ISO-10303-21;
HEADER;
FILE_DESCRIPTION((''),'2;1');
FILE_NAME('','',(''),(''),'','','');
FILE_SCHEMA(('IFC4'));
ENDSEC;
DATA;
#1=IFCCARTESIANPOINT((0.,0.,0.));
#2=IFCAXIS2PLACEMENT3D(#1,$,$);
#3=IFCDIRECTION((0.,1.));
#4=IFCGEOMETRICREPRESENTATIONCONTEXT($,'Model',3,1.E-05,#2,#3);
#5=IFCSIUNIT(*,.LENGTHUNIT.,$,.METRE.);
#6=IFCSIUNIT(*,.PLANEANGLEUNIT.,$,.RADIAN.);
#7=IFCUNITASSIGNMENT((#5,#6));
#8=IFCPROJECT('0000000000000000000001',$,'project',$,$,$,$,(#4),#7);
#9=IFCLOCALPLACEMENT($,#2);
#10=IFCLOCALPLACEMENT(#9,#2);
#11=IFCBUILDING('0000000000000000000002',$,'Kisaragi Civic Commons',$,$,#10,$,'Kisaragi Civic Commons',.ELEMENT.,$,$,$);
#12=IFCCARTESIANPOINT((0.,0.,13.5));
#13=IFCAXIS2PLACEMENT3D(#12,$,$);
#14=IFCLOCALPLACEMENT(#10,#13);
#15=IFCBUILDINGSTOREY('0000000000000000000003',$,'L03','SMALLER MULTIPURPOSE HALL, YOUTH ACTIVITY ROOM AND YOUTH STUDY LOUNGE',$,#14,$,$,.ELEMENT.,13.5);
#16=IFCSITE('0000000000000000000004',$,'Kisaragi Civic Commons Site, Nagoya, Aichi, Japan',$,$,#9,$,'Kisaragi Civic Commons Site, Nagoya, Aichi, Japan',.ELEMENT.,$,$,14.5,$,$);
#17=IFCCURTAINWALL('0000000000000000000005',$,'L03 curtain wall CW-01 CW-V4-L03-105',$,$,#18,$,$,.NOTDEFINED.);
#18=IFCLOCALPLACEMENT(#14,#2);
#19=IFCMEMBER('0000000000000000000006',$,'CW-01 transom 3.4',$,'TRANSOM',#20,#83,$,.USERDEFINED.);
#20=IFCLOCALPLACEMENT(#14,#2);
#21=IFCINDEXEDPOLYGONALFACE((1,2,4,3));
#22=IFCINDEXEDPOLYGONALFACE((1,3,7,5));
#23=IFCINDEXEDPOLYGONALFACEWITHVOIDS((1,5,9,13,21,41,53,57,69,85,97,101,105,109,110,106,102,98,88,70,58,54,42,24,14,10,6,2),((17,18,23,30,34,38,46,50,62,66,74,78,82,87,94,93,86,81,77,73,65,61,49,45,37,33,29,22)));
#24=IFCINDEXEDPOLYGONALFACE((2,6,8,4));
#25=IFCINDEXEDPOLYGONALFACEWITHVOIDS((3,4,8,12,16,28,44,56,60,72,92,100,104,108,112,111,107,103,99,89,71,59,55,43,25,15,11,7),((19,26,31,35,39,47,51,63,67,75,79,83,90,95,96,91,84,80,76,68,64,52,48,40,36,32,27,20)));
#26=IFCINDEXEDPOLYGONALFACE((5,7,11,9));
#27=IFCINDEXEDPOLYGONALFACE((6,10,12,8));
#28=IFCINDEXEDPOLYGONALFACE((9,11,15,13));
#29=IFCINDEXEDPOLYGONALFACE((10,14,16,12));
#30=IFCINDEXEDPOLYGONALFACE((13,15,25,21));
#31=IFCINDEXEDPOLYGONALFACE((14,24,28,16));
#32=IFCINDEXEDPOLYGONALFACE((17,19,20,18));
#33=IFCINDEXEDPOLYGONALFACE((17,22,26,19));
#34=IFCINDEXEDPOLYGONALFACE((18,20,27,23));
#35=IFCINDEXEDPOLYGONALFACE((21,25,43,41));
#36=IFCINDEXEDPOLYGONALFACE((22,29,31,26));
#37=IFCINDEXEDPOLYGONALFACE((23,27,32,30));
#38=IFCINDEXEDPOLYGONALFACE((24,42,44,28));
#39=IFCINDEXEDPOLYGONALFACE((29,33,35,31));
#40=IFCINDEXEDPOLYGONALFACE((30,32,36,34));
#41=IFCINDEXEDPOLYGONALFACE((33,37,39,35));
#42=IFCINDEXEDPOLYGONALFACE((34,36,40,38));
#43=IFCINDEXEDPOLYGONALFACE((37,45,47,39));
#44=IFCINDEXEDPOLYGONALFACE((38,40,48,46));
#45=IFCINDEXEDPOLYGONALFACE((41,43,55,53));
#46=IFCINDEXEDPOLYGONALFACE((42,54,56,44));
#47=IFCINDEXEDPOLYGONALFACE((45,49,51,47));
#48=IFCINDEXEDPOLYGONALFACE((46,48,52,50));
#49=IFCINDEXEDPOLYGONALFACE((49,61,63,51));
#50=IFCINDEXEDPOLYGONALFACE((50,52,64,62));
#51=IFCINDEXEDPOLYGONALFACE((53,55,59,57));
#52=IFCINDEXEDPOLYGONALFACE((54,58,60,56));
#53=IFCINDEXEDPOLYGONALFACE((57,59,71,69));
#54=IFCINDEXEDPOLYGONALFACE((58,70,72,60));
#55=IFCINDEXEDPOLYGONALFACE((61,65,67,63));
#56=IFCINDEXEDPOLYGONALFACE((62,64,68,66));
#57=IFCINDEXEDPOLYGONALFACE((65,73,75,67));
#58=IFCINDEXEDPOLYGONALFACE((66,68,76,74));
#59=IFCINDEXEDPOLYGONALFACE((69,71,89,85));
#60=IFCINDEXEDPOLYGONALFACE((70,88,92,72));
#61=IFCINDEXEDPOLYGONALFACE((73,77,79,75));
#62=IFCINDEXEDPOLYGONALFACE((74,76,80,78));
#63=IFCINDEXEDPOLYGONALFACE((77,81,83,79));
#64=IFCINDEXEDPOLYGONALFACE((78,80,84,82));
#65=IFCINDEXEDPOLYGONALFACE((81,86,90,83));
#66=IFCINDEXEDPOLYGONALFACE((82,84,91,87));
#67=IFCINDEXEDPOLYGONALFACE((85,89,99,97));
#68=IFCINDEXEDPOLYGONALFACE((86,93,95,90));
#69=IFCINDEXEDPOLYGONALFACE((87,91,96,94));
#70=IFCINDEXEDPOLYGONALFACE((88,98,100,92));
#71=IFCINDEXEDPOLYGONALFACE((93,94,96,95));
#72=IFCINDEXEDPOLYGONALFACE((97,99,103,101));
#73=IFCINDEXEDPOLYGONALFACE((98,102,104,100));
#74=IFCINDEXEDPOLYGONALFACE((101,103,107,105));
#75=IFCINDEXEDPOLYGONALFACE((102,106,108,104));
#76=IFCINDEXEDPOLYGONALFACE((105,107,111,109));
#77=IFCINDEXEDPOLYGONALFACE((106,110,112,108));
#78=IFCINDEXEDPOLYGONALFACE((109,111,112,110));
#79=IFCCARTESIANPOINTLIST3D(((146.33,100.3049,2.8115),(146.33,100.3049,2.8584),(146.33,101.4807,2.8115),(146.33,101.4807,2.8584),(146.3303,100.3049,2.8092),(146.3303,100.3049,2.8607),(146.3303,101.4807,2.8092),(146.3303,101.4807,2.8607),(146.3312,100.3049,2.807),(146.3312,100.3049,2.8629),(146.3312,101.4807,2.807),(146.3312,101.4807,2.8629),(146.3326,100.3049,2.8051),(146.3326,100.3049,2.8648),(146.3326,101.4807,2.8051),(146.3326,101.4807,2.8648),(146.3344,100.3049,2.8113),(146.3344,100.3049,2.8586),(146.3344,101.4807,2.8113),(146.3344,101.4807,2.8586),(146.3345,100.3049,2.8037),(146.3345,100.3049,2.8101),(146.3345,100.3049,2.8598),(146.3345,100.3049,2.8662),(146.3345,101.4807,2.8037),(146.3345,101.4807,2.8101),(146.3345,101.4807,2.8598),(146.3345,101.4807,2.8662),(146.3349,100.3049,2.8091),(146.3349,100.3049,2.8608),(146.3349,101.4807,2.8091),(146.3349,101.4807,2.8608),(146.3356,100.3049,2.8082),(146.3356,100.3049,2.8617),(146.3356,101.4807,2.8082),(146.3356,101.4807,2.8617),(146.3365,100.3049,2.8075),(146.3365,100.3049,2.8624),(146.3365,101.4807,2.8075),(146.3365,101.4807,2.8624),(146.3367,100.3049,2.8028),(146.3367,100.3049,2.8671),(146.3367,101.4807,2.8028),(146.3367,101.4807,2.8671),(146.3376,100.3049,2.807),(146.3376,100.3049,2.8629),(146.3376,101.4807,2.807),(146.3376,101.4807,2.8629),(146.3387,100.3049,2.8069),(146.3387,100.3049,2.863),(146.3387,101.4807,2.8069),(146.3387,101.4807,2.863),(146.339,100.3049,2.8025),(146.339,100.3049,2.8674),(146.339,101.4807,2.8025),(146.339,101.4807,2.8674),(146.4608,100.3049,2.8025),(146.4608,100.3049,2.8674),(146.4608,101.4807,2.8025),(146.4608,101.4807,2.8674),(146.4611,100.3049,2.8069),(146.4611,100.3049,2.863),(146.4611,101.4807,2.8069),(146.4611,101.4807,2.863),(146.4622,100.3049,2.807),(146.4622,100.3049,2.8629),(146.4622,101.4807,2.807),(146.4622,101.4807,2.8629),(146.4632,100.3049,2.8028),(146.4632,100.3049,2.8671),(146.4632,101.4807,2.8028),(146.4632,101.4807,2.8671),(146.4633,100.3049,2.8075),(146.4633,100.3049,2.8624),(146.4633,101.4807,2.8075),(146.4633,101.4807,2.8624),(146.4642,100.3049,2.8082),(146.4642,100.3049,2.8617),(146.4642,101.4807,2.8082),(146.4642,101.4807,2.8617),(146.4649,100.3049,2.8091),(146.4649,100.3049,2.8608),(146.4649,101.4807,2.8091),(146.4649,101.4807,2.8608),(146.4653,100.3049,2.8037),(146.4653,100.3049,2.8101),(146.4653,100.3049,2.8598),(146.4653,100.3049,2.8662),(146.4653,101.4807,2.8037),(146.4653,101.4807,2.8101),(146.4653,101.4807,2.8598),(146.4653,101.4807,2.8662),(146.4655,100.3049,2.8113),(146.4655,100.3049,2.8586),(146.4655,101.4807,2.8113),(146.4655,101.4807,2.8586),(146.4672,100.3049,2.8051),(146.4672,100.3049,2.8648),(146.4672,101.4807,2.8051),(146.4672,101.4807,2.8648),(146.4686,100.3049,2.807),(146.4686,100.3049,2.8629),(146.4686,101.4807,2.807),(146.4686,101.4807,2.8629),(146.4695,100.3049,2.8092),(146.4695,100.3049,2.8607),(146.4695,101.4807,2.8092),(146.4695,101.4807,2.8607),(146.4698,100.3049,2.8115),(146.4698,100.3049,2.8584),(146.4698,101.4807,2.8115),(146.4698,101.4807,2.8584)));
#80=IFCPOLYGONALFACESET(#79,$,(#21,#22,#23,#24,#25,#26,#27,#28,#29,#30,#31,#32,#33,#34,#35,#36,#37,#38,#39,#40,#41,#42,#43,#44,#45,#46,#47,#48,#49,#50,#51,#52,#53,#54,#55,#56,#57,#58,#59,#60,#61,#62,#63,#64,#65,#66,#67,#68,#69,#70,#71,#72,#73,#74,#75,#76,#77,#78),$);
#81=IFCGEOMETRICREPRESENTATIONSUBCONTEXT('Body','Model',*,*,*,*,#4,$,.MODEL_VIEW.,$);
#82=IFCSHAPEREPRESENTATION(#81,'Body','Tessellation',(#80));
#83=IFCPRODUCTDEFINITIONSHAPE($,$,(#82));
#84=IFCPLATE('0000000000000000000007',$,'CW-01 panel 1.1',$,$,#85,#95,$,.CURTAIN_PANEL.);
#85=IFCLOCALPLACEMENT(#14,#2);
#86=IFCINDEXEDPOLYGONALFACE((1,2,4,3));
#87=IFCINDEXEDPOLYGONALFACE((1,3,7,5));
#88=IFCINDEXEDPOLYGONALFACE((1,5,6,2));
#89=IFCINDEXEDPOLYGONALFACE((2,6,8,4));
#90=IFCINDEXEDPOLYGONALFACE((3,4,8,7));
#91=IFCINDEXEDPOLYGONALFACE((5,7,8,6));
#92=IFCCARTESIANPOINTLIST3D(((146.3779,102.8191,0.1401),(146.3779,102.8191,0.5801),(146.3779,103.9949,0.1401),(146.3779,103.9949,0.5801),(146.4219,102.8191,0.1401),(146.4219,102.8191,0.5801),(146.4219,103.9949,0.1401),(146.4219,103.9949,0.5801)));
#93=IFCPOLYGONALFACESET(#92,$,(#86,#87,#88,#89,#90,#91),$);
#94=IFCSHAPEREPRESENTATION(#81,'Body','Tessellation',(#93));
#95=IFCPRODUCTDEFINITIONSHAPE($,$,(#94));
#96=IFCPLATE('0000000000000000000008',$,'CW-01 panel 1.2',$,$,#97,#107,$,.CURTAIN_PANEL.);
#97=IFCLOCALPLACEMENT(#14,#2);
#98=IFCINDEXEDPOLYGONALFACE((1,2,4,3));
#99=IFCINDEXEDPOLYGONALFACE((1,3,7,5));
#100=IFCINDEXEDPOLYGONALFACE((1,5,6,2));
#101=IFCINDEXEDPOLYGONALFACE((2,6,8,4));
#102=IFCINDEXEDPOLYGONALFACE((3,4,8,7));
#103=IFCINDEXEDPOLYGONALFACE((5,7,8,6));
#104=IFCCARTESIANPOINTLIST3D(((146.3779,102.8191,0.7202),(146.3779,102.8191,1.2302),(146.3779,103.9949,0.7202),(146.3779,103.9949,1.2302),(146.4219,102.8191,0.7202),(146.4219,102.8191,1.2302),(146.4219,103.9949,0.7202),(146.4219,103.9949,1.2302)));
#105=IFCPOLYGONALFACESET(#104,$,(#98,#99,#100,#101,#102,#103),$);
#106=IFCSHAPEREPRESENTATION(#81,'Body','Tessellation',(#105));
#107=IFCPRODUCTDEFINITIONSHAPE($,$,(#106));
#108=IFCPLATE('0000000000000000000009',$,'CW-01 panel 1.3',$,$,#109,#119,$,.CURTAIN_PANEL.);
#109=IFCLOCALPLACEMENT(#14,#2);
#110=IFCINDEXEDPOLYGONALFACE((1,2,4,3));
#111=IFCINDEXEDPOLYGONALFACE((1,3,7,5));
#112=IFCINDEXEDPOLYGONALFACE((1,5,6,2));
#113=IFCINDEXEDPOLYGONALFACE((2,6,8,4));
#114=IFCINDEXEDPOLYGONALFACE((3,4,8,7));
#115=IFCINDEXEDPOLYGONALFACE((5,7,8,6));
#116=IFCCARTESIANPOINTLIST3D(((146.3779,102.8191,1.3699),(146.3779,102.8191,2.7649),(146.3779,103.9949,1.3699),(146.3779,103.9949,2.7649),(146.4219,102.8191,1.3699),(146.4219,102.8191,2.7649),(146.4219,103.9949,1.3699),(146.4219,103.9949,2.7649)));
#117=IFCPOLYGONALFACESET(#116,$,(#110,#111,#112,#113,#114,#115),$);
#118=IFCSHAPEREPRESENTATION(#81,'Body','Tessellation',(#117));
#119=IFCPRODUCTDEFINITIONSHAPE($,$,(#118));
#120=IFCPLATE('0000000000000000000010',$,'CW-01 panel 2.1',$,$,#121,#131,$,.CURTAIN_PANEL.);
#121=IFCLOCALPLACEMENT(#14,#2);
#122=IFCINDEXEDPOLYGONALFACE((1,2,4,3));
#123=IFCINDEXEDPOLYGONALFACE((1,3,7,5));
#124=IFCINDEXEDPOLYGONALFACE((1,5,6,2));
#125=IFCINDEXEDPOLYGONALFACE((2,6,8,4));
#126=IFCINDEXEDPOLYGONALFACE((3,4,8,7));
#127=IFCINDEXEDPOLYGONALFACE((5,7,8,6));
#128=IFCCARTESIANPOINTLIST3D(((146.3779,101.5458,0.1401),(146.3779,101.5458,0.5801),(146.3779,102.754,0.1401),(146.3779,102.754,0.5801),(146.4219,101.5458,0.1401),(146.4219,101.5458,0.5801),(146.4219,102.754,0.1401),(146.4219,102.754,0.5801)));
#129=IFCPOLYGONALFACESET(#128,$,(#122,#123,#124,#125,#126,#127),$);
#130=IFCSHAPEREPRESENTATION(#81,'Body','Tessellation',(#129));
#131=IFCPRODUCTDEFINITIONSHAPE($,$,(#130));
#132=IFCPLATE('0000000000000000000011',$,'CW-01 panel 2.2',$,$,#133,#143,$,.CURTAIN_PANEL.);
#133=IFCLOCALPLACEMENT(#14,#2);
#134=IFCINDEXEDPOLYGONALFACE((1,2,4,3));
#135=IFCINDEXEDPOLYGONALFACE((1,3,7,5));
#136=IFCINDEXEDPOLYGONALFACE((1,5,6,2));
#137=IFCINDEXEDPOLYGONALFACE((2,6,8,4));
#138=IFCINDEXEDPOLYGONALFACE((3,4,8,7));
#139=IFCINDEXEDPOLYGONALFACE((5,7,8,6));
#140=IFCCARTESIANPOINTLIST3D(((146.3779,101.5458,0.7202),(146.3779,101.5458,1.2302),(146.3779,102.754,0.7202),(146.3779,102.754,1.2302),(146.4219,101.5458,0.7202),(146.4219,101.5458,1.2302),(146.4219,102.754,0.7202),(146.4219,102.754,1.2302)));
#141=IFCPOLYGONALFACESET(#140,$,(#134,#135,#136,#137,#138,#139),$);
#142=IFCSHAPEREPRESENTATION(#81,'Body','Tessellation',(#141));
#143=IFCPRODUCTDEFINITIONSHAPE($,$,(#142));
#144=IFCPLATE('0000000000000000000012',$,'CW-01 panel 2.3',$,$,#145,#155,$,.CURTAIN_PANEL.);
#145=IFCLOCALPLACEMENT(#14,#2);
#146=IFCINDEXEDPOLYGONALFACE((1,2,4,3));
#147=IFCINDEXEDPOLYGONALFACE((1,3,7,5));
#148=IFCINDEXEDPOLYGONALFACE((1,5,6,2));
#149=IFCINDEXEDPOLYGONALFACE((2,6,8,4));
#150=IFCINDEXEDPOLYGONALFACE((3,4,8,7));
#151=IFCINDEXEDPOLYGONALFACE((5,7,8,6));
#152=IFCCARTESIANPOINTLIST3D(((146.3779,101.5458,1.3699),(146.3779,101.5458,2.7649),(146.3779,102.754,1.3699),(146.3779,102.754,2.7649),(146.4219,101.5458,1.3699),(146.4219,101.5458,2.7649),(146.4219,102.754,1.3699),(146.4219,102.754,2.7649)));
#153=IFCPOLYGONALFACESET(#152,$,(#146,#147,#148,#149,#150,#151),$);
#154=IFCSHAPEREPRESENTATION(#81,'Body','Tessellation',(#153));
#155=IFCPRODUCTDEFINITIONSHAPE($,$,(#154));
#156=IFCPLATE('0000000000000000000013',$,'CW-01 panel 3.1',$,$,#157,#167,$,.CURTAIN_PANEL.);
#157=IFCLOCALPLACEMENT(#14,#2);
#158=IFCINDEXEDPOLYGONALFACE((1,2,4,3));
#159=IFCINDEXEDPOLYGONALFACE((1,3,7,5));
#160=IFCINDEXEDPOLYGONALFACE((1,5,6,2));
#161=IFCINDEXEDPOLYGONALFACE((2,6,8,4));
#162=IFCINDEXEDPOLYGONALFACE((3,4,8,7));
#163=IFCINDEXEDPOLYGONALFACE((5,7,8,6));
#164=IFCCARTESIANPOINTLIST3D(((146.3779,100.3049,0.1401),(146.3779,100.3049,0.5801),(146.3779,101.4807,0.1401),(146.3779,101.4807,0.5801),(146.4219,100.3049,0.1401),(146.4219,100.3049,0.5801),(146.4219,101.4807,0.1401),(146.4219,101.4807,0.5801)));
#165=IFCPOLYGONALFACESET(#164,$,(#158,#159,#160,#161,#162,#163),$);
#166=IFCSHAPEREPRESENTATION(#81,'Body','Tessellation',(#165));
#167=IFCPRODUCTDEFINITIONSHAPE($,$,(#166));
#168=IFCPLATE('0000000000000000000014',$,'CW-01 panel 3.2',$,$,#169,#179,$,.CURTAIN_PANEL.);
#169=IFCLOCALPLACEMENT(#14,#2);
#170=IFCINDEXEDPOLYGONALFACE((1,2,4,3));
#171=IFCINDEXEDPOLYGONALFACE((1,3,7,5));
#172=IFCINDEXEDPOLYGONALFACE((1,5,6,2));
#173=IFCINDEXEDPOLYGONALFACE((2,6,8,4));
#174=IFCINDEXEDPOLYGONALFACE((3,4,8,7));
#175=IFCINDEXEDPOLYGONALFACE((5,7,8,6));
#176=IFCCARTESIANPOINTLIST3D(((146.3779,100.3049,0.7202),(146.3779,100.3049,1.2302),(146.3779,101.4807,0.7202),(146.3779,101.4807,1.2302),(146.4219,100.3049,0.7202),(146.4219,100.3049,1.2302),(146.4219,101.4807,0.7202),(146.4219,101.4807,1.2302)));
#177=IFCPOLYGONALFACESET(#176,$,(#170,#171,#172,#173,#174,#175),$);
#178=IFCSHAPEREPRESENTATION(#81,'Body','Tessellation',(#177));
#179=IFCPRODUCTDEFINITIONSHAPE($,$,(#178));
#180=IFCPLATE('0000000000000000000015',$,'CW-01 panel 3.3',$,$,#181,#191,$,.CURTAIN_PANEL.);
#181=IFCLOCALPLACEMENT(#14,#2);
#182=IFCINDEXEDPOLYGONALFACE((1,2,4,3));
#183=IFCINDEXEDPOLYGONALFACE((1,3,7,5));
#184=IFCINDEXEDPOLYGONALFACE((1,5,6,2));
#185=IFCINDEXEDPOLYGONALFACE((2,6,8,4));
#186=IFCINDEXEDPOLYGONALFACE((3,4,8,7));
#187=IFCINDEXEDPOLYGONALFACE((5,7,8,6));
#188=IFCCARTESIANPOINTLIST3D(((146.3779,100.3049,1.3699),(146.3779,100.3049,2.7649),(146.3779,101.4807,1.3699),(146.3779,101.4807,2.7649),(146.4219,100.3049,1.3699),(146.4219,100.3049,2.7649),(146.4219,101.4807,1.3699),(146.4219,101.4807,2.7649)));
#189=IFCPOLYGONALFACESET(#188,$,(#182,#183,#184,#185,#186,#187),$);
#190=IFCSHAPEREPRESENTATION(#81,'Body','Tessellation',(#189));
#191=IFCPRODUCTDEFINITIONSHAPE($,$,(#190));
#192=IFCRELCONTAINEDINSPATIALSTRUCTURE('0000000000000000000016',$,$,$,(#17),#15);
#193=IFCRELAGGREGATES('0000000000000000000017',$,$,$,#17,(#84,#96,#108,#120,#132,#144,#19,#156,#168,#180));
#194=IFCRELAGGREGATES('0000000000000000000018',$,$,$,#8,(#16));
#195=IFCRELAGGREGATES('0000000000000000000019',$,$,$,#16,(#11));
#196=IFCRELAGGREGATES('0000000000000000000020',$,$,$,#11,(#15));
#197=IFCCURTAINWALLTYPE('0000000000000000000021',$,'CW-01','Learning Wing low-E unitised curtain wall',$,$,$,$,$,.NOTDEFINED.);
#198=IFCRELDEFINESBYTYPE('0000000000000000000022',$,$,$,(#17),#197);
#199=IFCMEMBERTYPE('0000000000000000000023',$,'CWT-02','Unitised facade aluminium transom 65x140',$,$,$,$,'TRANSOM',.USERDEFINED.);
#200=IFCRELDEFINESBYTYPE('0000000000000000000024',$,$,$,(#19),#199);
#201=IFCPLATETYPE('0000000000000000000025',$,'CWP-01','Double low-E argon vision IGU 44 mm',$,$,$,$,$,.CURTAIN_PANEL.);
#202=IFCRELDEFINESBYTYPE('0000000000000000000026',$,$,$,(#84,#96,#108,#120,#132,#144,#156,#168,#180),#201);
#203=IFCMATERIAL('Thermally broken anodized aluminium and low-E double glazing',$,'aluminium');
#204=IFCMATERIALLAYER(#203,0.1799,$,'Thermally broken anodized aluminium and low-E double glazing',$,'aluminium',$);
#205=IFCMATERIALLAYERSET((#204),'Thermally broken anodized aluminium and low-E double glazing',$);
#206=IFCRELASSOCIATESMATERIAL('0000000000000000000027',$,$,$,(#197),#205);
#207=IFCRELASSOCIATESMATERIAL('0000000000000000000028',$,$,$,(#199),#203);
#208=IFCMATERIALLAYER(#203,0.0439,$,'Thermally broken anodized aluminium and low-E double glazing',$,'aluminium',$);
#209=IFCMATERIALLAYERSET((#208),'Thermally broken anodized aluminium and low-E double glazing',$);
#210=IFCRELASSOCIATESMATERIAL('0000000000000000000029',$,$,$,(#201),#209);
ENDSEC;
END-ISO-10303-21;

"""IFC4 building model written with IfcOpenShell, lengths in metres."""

from ifc_helpers import new_model, si_unit, direction, frame, origin, origin_2d, place, context, subcontext, project, spatial, rectangle, hollow_rectangle, extrude, material, layer, layer_set, material_profile, profile_set, type_object, element, aggregate, save


model = new_model("IFC4")

# Units and contexts
model_context = context("Model", 3, precision=1e-05, world=origin(), true_north=direction((0.0, 1.0)))
body_context = subcontext(model_context, "Body", "Model", "MODEL_VIEW")
ifc_project = project(units=[si_unit("LENGTHUNIT", "METRE"), si_unit("PLANEANGLEUNIT", "RADIAN")], contexts=[model_context])

# Site, building, storey
site_placement = place(None, origin())
site = spatial("IfcSite", under=ifc_project, at=site_placement, Name="Kisaragi Civic Commons Site, Nagoya, Aichi, Japan", LongName="Kisaragi Civic Commons Site, Nagoya, Aichi, Japan", CompositionType="ELEMENT", RefElevation=14.5)
building_placement = place(site_placement, origin())
building = spatial("IfcBuilding", under=site, at=building_placement, Name="Kisaragi Civic Commons", LongName="Kisaragi Civic Commons", CompositionType="ELEMENT")
storey_placement = place(building_placement, frame((0.0, 0.0, 13.5)))
storey = spatial("IfcBuildingStorey", under=building, at=storey_placement, Name="L03", Description="SMALLER MULTIPURPOSE HALL, YOUTH ACTIVITY ROOM AND YOUTH STUDY LOUNGE", CompositionType="ELEMENT", Elevation=13.5)

# Curtain wall, member, plates
ifc_material_1 = material(Name="Thermally broken anodized aluminium and low-E double glazing", Category="aluminium")
ifc_layer_1 = layer(ifc_material_1, 0.1799, Name="Thermally broken anodized aluminium and low-E double glazing", Category="aluminium")
ifc_layer_set_1 = layer_set([ifc_layer_1], Name="Thermally broken anodized aluminium and low-E double glazing")
curtain_wall_type = type_object("IfcCurtainWallType", Name="CW-01", Description="Learning Wing low-E unitised curtain wall", PredefinedType="NOTDEFINED", material=ifc_layer_set_1)
curtain_wall_placement = place(storey_placement, origin())
curtain_wall = element("IfcCurtainWall", 1, at=curtain_wall_placement, inside=storey, type_object=curtain_wall_type, Name="L03 curtain wall CW-01 CW-V4-L03-105", PredefinedType="NOTDEFINED")
ifc_material_profile_1 = material_profile(ifc_material_1, hollow_rectangle(XDim=0.1399, YDim=0.0649, WallThickness=0.0044, InnerFilletRadius=0.0044, OuterFilletRadius=0.009, at=origin_2d()), Name="CWT-65x140x4.5", Category="aluminium")
ifc_profile_set_1 = profile_set([ifc_material_profile_1], Name="Thermally broken anodized aluminium and low-E double glazing")
member_type_1 = type_object("IfcMemberType", Name="CWT-02", Description="Unitised facade aluminium transom 65x140", ElementType="TRANSOM", PredefinedType="USERDEFINED", material=ifc_profile_set_1)
member_1_placement = place(storey_placement, frame((146.3999, 101.4807, 2.835), z_axis=(0.0, -1.0, 0.0), x_axis=(1.0, 0.0, 0.0)))
member_1 = element("IfcMember", 2, at=member_1_placement, type_object=member_type_1, Name="CW-01 transom 3.4", ObjectType="TRANSOM", PredefinedType="USERDEFINED", context=body_context, shape_type="SweptSolid", body=[
    extrude(hollow_rectangle(XDim=0.1399, YDim=0.0649, WallThickness=0.0044, InnerFilletRadius=0.0044, OuterFilletRadius=0.009, at=origin_2d()), origin(), (0.0, 0.0, 1.0), 1.1758),
])
ifc_layer_2 = layer(ifc_material_1, 0.0439, Name="Thermally broken anodized aluminium and low-E double glazing", Category="aluminium")
ifc_layer_set_2 = layer_set([ifc_layer_2], Name="Thermally broken anodized aluminium and low-E double glazing")
plate_type = type_object("IfcPlateType", Name="CWP-01", Description="Double low-E argon vision IGU 44 mm", PredefinedType="CURTAIN_PANEL", material=ifc_layer_set_2)
plate_1_placement = place(storey_placement, frame((146.3999, 103.407, 0.1401), z_axis=(0.0, 0.0, 1.0), x_axis=(0.0, -1.0, 0.0)))
plate_1 = element("IfcPlate", 3, at=plate_1_placement, type_object=plate_type, Name="CW-01 panel 1.1", PredefinedType="CURTAIN_PANEL", context=body_context, shape_type="SweptSolid", body=[
    extrude(rectangle(XDim=1.1758, YDim=0.0439, at=origin_2d()), origin(), (0.0, 0.0, 1.0), 0.4399),
])
plate_2_placement = place(storey_placement, frame((146.3999, 103.407, 0.7202), z_axis=(0.0, 0.0, 1.0), x_axis=(0.0, -1.0, 0.0)))
plate_2 = element("IfcPlate", 4, at=plate_2_placement, type_object=plate_type, Name="CW-01 panel 1.2", PredefinedType="CURTAIN_PANEL", context=body_context, shape_type="SweptSolid", body=[
    extrude(rectangle(XDim=1.1758, YDim=0.0439, at=origin_2d()), origin(), (0.0, 0.0, 1.0), 0.51),
])
plate_3_placement = place(storey_placement, frame((146.3999, 103.407, 1.3699), z_axis=(0.0, 0.0, 1.0), x_axis=(0.0, -1.0, 0.0)))
plate_3 = element("IfcPlate", 5, at=plate_3_placement, type_object=plate_type, Name="CW-01 panel 1.3", PredefinedType="CURTAIN_PANEL", context=body_context, shape_type="SweptSolid", body=[
    extrude(rectangle(XDim=1.1758, YDim=0.0439, at=origin_2d()), origin(), (0.0, 0.0, 1.0), 1.395),
])
plate_4_placement = place(storey_placement, frame((146.3999, 102.1499, 0.1401), z_axis=(0.0, 0.0, 1.0), x_axis=(0.0, -1.0, 0.0)))
plate_4 = element("IfcPlate", 6, at=plate_4_placement, type_object=plate_type, Name="CW-01 panel 2.1", PredefinedType="CURTAIN_PANEL", context=body_context, shape_type="SweptSolid", body=[
    extrude(rectangle(XDim=1.2083, YDim=0.0439, at=origin_2d()), origin(), (0.0, 0.0, 1.0), 0.4399),
])
plate_5_placement = place(storey_placement, frame((146.3999, 102.1499, 0.7202), z_axis=(0.0, 0.0, 1.0), x_axis=(0.0, -1.0, 0.0)))
plate_5 = element("IfcPlate", 7, at=plate_5_placement, type_object=plate_type, Name="CW-01 panel 2.2", PredefinedType="CURTAIN_PANEL", context=body_context, shape_type="SweptSolid", body=[
    extrude(rectangle(XDim=1.2083, YDim=0.0439, at=origin_2d()), origin(), (0.0, 0.0, 1.0), 0.51),
])
plate_6_placement = place(storey_placement, frame((146.3999, 102.1499, 1.3699), z_axis=(0.0, 0.0, 1.0), x_axis=(0.0, -1.0, 0.0)))
plate_6 = element("IfcPlate", 8, at=plate_6_placement, type_object=plate_type, Name="CW-01 panel 2.3", PredefinedType="CURTAIN_PANEL", context=body_context, shape_type="SweptSolid", body=[
    extrude(rectangle(XDim=1.2083, YDim=0.0439, at=origin_2d()), origin(), (0.0, 0.0, 1.0), 1.395),
])
plate_7_placement = place(storey_placement, frame((146.3999, 100.8928, 0.1401), z_axis=(0.0, 0.0, 1.0), x_axis=(0.0, -1.0, 0.0)))
plate_7 = element("IfcPlate", 9, at=plate_7_placement, type_object=plate_type, Name="CW-01 panel 3.1", PredefinedType="CURTAIN_PANEL", context=body_context, shape_type="SweptSolid", body=[
    extrude(rectangle(XDim=1.1758, YDim=0.0439, at=origin_2d()), origin(), (0.0, 0.0, 1.0), 0.4399),
])
plate_8_placement = place(storey_placement, frame((146.3999, 100.8928, 0.7202), z_axis=(0.0, 0.0, 1.0), x_axis=(0.0, -1.0, 0.0)))
plate_8 = element("IfcPlate", 10, at=plate_8_placement, type_object=plate_type, Name="CW-01 panel 3.2", PredefinedType="CURTAIN_PANEL", context=body_context, shape_type="SweptSolid", body=[
    extrude(rectangle(XDim=1.1758, YDim=0.0439, at=origin_2d()), origin(), (0.0, 0.0, 1.0), 0.51),
])
plate_9_placement = place(storey_placement, frame((146.3999, 100.8928, 1.3699), z_axis=(0.0, 0.0, 1.0), x_axis=(0.0, -1.0, 0.0)))
plate_9 = element("IfcPlate", 11, at=plate_9_placement, type_object=plate_type, Name="CW-01 panel 3.3", PredefinedType="CURTAIN_PANEL", context=body_context, shape_type="SweptSolid", body=[
    extrude(rectangle(XDim=1.1758, YDim=0.0439, at=origin_2d()), origin(), (0.0, 0.0, 1.0), 1.395),
])
aggregate(curtain_wall, [plate_1, plate_2, plate_3, plate_4, plate_5, plate_6, member_1, plate_7, plate_8, plate_9])

save(model, "model.ifc")
